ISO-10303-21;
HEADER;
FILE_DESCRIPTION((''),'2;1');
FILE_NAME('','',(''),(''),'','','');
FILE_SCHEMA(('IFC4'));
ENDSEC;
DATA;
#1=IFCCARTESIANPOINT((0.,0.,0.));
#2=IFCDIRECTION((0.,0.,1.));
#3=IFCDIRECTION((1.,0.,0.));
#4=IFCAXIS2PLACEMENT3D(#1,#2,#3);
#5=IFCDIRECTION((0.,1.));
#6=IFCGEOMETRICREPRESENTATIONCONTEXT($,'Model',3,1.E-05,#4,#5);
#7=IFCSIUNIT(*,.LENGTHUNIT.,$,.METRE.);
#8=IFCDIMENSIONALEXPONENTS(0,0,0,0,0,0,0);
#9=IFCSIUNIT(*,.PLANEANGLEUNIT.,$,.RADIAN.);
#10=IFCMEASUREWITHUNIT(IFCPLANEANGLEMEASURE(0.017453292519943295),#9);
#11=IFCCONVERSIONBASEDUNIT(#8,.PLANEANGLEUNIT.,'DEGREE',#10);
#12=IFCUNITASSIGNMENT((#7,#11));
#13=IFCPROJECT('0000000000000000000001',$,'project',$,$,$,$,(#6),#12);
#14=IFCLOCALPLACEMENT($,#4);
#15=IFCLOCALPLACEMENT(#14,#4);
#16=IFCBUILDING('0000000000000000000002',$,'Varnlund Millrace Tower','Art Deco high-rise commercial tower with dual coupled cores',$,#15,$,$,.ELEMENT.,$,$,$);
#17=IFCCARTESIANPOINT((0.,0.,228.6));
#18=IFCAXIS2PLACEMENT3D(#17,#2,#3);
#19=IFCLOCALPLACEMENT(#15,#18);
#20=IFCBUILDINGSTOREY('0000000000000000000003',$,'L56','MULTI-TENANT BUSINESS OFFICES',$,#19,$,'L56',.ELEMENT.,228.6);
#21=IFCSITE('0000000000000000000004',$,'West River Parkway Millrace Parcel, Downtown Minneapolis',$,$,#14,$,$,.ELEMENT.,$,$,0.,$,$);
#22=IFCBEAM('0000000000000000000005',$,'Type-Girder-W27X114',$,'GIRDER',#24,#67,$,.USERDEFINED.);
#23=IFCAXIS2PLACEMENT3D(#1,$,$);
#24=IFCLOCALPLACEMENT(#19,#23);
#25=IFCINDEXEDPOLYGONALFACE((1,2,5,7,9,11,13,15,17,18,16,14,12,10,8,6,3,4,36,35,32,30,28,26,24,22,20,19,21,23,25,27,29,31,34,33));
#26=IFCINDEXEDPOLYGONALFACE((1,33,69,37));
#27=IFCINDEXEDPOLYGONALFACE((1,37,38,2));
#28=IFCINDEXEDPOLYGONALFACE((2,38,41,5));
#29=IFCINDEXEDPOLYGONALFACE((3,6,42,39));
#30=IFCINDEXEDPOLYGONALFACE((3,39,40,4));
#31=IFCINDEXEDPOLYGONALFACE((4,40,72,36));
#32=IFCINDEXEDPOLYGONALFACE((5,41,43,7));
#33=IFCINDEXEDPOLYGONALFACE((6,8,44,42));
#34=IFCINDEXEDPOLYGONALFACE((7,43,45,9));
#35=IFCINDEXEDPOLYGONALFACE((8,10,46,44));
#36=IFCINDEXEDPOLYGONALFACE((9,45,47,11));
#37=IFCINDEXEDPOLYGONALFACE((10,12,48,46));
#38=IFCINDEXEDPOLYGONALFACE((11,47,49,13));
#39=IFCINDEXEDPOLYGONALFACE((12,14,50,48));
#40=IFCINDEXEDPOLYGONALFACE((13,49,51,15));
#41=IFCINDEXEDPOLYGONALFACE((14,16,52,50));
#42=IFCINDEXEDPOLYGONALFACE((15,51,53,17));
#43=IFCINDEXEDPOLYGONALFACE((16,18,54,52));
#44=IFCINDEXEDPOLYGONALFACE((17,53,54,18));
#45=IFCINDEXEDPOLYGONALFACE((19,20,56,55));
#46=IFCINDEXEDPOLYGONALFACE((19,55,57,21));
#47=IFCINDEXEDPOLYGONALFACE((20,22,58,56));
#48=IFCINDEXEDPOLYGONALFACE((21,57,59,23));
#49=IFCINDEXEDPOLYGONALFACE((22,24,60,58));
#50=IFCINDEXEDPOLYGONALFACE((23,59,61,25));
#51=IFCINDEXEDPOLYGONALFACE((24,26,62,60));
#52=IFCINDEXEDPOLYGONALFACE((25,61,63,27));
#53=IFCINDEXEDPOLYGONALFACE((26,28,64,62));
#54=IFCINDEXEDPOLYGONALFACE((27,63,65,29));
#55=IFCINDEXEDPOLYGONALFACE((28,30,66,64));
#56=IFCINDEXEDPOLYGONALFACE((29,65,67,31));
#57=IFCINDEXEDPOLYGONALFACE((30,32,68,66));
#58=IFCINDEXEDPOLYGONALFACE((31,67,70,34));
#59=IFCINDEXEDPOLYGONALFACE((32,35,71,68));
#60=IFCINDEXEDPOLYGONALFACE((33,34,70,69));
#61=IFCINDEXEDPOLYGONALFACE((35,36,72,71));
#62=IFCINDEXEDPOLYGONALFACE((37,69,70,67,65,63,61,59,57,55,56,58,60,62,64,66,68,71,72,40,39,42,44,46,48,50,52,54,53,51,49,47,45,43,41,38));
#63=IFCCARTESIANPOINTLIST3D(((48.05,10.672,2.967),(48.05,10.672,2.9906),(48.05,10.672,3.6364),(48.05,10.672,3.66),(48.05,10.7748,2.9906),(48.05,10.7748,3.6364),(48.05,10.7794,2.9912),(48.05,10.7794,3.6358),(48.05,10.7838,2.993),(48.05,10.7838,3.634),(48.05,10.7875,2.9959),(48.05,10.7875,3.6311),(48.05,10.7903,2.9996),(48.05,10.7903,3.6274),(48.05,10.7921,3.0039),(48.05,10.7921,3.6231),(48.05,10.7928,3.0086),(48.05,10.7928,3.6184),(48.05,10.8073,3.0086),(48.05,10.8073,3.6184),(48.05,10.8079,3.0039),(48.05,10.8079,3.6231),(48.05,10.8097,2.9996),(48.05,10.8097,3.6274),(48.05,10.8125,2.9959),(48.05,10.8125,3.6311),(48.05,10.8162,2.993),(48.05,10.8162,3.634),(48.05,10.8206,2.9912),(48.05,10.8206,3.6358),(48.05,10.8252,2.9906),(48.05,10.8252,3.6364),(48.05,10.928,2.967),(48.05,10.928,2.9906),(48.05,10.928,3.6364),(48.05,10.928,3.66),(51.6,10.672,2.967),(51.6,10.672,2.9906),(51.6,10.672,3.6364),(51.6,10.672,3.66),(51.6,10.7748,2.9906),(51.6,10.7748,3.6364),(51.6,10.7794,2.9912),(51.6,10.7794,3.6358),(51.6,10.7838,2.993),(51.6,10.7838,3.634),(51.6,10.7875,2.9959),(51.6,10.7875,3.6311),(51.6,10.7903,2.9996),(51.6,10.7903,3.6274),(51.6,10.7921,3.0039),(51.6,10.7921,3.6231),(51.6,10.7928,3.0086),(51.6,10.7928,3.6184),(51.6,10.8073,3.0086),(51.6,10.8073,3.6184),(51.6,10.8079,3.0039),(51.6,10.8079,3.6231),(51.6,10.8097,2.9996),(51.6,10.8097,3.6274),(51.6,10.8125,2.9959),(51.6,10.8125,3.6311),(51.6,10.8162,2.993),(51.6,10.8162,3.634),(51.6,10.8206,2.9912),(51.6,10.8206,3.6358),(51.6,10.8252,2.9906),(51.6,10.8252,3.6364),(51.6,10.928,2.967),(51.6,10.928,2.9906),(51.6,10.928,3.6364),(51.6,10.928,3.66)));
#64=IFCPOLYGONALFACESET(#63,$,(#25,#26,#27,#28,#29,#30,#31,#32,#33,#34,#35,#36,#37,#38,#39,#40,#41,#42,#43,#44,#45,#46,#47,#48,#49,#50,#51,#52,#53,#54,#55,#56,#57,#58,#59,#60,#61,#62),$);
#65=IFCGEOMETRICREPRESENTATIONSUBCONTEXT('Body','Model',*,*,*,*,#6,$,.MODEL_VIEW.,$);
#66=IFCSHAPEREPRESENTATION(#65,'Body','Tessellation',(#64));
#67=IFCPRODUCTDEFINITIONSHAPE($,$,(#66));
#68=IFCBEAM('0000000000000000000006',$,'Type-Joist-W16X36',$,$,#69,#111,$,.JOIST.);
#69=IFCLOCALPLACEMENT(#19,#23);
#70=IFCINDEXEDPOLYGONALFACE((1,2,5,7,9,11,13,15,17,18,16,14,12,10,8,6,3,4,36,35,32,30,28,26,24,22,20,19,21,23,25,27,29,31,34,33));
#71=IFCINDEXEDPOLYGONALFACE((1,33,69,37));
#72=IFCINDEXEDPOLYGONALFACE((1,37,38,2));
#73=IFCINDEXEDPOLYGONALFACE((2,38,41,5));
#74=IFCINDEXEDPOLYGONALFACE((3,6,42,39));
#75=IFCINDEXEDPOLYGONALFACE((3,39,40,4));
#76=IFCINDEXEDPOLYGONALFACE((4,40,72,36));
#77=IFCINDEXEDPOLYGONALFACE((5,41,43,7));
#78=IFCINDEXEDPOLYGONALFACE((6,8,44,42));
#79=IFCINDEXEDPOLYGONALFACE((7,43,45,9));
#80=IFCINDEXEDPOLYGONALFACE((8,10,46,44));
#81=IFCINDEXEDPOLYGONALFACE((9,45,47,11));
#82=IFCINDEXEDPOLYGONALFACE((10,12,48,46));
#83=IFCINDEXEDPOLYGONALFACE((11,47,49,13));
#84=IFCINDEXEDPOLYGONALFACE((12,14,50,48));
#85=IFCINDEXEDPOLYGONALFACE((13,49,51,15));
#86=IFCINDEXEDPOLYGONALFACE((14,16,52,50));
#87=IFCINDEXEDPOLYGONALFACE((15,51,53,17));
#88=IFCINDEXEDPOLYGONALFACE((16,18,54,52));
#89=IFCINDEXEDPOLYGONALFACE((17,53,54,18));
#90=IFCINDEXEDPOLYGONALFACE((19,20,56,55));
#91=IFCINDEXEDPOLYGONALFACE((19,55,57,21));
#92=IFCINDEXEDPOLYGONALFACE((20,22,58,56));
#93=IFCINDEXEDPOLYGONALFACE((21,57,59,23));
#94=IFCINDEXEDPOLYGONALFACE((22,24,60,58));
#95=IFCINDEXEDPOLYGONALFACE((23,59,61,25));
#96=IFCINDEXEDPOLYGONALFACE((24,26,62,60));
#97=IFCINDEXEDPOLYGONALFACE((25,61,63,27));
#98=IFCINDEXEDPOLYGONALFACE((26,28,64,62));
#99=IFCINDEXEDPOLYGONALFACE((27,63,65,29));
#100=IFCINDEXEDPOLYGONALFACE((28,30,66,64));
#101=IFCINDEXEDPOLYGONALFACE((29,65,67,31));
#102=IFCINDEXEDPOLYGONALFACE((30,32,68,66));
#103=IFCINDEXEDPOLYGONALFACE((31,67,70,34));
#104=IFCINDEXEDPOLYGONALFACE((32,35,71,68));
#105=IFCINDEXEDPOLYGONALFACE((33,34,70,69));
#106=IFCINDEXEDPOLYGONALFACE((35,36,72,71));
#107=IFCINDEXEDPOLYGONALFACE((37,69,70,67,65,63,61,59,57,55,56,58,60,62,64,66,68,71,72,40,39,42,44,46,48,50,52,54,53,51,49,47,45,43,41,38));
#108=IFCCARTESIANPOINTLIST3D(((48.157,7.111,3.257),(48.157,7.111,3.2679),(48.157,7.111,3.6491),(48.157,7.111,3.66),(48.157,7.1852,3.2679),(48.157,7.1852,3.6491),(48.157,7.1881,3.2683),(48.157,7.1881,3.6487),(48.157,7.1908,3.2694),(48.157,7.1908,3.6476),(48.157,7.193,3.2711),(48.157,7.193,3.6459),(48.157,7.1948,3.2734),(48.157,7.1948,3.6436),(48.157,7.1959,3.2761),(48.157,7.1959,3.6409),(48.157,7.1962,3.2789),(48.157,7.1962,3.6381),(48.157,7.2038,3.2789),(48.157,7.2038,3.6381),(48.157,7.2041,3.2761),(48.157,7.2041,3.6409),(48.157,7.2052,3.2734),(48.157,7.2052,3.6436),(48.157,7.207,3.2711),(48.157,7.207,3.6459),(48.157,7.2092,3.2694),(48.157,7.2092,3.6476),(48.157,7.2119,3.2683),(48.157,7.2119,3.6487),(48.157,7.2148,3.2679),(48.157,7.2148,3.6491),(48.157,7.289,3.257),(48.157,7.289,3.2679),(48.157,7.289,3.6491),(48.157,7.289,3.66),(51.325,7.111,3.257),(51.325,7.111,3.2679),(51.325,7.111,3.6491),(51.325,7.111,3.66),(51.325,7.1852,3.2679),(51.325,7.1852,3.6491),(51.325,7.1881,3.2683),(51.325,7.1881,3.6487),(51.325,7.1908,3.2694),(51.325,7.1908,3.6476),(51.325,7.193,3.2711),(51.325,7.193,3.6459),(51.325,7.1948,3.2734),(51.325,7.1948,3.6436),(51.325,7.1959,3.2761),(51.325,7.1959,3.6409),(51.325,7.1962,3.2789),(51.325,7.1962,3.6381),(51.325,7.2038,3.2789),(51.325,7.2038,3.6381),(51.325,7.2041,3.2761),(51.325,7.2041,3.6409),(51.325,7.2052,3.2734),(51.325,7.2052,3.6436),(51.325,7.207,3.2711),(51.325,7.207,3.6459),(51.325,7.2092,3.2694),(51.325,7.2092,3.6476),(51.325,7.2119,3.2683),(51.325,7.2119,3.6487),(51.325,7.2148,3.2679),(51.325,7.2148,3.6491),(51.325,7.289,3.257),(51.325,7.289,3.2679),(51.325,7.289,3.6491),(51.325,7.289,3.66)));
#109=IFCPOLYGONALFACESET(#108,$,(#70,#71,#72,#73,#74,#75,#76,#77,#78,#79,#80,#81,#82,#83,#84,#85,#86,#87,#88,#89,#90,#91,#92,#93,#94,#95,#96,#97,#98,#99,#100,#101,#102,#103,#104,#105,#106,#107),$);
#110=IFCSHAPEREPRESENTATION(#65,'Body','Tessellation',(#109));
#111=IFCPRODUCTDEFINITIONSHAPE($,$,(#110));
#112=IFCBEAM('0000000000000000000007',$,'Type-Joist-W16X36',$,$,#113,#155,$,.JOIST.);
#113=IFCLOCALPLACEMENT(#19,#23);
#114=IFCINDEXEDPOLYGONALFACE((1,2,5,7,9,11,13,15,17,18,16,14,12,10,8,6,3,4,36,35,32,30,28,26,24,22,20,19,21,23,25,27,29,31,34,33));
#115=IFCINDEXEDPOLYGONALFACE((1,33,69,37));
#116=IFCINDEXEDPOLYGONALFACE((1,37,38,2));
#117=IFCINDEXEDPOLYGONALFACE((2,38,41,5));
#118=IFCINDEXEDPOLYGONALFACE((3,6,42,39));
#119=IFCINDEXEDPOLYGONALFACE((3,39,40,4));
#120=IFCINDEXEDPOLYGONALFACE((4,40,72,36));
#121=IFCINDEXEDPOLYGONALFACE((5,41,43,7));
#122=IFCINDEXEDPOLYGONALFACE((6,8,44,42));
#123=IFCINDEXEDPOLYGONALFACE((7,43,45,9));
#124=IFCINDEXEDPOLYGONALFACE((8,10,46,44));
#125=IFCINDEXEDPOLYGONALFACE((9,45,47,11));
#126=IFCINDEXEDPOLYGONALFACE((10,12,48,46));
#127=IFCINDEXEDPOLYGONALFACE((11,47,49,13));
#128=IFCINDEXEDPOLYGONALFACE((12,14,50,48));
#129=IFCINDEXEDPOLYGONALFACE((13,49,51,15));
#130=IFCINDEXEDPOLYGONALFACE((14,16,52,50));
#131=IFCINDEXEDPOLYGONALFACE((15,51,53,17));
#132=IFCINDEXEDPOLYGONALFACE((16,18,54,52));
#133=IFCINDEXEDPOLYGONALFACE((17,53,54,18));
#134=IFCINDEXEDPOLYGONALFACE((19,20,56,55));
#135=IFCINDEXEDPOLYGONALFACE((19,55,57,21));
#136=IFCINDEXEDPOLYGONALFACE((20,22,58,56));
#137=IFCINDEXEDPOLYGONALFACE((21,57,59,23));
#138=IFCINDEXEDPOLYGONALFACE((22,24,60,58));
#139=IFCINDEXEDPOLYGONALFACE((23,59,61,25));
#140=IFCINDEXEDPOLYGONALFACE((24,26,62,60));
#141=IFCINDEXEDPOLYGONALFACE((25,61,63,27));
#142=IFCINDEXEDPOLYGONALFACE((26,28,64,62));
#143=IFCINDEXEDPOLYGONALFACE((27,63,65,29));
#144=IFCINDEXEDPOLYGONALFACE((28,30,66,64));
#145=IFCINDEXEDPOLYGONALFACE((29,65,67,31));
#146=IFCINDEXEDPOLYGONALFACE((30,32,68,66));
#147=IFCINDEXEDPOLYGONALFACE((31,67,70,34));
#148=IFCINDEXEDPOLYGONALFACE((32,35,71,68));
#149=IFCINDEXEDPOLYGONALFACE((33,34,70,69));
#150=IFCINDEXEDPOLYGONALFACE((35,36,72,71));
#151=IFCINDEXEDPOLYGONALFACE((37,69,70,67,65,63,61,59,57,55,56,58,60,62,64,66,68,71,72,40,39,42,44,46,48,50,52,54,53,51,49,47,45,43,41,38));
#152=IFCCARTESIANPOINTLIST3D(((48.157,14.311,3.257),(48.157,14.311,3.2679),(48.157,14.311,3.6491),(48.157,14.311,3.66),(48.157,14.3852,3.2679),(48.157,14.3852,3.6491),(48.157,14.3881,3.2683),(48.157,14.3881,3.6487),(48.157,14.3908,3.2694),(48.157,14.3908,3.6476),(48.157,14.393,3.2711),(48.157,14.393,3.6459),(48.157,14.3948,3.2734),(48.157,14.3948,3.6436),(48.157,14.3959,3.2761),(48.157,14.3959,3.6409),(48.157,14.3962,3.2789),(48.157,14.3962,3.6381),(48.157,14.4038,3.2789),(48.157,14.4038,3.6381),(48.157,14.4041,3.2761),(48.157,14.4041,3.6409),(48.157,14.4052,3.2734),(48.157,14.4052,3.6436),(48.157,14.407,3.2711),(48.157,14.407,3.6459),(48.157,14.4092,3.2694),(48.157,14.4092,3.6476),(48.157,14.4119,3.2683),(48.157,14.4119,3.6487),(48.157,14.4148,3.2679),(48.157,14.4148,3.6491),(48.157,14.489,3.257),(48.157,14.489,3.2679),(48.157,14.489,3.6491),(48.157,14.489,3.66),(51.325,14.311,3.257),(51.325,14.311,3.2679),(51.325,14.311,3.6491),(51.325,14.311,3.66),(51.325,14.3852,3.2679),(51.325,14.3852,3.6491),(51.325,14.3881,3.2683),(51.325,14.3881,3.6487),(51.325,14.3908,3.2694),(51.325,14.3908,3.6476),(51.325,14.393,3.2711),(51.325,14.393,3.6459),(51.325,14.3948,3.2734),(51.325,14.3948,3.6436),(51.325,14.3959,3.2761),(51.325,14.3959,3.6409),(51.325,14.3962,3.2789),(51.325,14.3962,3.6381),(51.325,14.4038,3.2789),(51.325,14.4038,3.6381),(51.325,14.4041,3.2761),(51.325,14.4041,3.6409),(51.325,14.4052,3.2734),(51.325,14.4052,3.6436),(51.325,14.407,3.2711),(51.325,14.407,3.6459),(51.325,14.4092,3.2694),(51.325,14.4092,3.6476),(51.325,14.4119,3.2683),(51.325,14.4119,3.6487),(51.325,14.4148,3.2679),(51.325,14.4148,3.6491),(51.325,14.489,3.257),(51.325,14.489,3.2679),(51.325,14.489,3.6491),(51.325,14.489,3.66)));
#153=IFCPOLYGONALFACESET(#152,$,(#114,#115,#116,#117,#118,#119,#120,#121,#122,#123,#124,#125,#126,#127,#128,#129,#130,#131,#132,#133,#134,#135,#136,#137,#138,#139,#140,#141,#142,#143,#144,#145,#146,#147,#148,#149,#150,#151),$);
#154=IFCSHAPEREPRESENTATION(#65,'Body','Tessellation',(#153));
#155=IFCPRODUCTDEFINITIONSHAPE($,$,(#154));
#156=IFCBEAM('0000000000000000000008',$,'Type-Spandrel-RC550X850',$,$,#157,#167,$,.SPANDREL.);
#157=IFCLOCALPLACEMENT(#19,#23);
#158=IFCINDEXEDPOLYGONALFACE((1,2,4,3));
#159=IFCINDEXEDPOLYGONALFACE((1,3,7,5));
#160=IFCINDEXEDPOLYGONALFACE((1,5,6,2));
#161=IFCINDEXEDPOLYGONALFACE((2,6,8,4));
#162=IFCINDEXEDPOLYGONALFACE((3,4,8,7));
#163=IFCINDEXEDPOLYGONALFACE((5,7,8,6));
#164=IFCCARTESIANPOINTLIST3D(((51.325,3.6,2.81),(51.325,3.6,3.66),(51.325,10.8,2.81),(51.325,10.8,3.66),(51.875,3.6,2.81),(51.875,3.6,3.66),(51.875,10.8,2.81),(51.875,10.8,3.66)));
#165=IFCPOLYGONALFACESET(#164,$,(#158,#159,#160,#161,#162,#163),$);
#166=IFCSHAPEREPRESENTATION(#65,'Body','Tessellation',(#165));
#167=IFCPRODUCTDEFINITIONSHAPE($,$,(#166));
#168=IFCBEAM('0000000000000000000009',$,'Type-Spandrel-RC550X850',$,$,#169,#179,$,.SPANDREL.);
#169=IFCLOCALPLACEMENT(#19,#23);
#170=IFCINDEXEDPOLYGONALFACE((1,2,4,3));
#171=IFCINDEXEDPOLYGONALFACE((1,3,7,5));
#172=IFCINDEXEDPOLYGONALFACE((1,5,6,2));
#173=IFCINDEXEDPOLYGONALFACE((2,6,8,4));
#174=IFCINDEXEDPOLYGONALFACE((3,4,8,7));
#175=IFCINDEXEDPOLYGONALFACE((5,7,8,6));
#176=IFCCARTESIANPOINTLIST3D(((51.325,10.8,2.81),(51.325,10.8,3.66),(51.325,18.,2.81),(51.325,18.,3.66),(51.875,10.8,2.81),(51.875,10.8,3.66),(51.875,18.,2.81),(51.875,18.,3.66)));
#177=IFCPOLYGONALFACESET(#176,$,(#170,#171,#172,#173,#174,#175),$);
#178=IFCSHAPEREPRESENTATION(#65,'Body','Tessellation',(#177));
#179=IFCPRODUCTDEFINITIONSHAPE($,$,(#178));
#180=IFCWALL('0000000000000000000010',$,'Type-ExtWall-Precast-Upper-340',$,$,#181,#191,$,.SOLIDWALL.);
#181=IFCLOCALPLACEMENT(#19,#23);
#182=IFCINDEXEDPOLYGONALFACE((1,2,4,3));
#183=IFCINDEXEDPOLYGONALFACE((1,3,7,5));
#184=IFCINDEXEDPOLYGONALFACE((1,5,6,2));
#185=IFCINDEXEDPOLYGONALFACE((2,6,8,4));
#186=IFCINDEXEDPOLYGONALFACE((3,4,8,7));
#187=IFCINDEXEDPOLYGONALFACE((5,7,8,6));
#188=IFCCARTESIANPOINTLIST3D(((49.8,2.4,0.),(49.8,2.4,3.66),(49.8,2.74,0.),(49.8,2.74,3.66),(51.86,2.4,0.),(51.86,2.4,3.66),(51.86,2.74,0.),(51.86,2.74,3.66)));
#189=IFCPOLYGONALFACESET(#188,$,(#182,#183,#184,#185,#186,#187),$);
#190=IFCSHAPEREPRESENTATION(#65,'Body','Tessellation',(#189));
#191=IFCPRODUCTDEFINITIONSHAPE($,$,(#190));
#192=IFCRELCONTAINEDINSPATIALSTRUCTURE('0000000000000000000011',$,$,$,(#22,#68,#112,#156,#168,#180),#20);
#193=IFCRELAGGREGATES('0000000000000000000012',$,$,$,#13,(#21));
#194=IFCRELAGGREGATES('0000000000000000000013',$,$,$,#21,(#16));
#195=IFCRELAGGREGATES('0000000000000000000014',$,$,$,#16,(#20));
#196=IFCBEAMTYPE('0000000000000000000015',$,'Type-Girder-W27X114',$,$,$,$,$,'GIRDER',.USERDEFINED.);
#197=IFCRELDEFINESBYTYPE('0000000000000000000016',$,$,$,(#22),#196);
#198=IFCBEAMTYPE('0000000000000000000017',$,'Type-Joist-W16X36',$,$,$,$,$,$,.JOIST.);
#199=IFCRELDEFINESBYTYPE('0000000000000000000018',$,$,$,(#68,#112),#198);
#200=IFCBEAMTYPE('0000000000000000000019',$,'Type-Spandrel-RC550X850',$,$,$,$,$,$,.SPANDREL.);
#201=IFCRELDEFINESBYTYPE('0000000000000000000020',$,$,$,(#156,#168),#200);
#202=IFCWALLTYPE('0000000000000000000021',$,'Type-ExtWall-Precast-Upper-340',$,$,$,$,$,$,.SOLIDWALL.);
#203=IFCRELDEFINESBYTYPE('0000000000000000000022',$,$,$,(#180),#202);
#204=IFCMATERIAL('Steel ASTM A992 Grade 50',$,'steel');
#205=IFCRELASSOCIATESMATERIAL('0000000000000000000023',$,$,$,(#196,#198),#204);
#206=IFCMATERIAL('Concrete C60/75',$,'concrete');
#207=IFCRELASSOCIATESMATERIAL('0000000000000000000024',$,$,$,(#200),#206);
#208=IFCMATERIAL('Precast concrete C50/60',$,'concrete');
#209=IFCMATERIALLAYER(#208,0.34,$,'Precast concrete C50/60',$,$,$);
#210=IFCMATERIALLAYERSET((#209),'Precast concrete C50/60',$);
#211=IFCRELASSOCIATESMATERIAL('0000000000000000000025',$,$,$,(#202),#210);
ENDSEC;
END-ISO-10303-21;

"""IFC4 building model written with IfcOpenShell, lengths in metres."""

from ifc_helpers import new_model, entity, si_unit, converted_unit, direction, frame, origin_with_axes, origin_2d_with_axis, place, context, subcontext, project, spatial, polyline, rectangle, i_section, outline, extrude, material, layer, layer_set, material_profile, profile_set, type_object, element, save


model = new_model("IFC4")

# Units and contexts
model_context = context("Model", 3, precision=1e-05, world=origin_with_axes(), true_north=direction((0.0, 1.0)))
body_context = subcontext(model_context, "Body", "Model", "MODEL_VIEW")
ifc_project = project(units=[si_unit("LENGTHUNIT", "METRE"), converted_unit("PLANEANGLEUNIT", "DEGREE", entity("IfcPlaneAngleMeasure", 0.017453292519943295), si_unit("PLANEANGLEUNIT", "RADIAN"), dimensions=[0, 0, 0, 0, 0, 0, 0])], contexts=[model_context])

# Site, building, storey
site_placement = place(None, origin_with_axes())
site = spatial("IfcSite", under=ifc_project, at=site_placement, Name="West River Parkway Millrace Parcel, Downtown Minneapolis", CompositionType="ELEMENT", RefElevation=0.0)
building_placement = place(site_placement, origin_with_axes())
building = spatial("IfcBuilding", under=site, at=building_placement, Name="Varnlund Millrace Tower", Description="Art Deco high-rise commercial tower with dual coupled cores", CompositionType="ELEMENT")
storey_placement = place(building_placement, frame((0.0, 0.0, 228.6), z_axis=(0.0, 0.0, 1.0), x_axis=(1.0, 0.0, 0.0)))
storey = spatial("IfcBuildingStorey", under=building, at=storey_placement, Name="L56", Description="MULTI-TENANT BUSINESS OFFICES", LongName="L56", CompositionType="ELEMENT", Elevation=228.6)

# Beams
ifc_material_1 = material(Name="Steel ASTM A992 Grade 50", Category="steel")
ifc_material_profile_1 = material_profile(ifc_material_1, i_section(OverallWidth=0.256, OverallDepth=0.693, WebThickness=0.0145, FlangeThickness=0.0236, FilletRadius=0.018, at=origin_2d_with_axis()), Name="Steel ASTM A992 Grade 50")
ifc_profile_set_1 = profile_set([ifc_material_profile_1], Name="Steel ASTM A992 Grade 50")
beam_type_1 = type_object("IfcBeamType", Name="Type-Girder-W27X114", ElementType="GIRDER", PredefinedType="USERDEFINED", material=ifc_profile_set_1)
beam_1_placement = place(storey_placement, frame((48.05, 10.8, 3.3135), z_axis=(1.0, 0.0, 0.0), x_axis=(0.0, 1.0, 0.0)))
element("IfcBeam", 1, at=beam_1_placement, inside=storey, type_object=beam_type_1, Name="Type-Girder-W27X114", ObjectType="GIRDER", PredefinedType="USERDEFINED", context=body_context, shape_type="SweptSolid", body=[
    extrude(i_section(OverallWidth=0.256, OverallDepth=0.693, WebThickness=0.0145, FlangeThickness=0.0236, FilletRadius=0.018, at=origin_2d_with_axis()), origin_with_axes(), (0.0, 0.0, 1.0), 3.55),
])
ifc_material_profile_2 = material_profile(ifc_material_1, i_section(OverallWidth=0.178, OverallDepth=0.403, WebThickness=0.0075, FlangeThickness=0.0109, FilletRadius=0.011, at=origin_2d_with_axis()), Name="Steel ASTM A992 Grade 50")
ifc_profile_set_2 = profile_set([ifc_material_profile_2], Name="Steel ASTM A992 Grade 50")
beam_type_2 = type_object("IfcBeamType", Name="Type-Joist-W16X36", PredefinedType="JOIST", material=ifc_profile_set_2)
for number, where, z_axis, x_axis, name in (
    (2, (48.157, 7.2, 3.4585), (1.0, 0.0, 0.0), (0.0, 1.0, 0.0), "Type-Joist-W16X36"),
    (3, (48.157, 14.4, 3.4585), (1.0, 0.0, 0.0), (0.0, 1.0, 0.0), "Type-Joist-W16X36"),
):
    element("IfcBeam", number, at=place(storey_placement, frame(where, z_axis=z_axis, x_axis=x_axis)), inside=storey, type_object=beam_type_2, Name=name, PredefinedType="JOIST", context=body_context, shape_type="SweptSolid", body=[
        extrude(i_section(OverallWidth=0.178, OverallDepth=0.403, WebThickness=0.0075, FlangeThickness=0.0109, FilletRadius=0.011, at=origin_2d_with_axis()), origin_with_axes(), (0.0, 0.0, 1.0), 3.168),
    ])
ifc_material_2 = material(Name="Concrete C60/75", Category="concrete")
ifc_material_profile_3 = material_profile(ifc_material_2, rectangle(XDim=0.55, YDim=0.85, at=origin_2d_with_axis()), Name="Concrete C60/75")
ifc_profile_set_3 = profile_set([ifc_material_profile_3], Name="Concrete C60/75")
beam_type_3 = type_object("IfcBeamType", Name="Type-Spandrel-RC550X850", PredefinedType="SPANDREL", material=ifc_profile_set_3)
for number, where, z_axis, x_axis, name in (
    (4, (51.6, 3.6, 3.235), (0.0, 1.0, 0.0), (-1.0, 0.0, 0.0), "Type-Spandrel-RC550X850"),
    (5, (51.6, 10.8, 3.235), (0.0, 1.0, 0.0), (-1.0, 0.0, 0.0), "Type-Spandrel-RC550X850"),
):
    element("IfcBeam", number, at=place(storey_placement, frame(where, z_axis=z_axis, x_axis=x_axis)), inside=storey, type_object=beam_type_3, Name=name, PredefinedType="SPANDREL", context=body_context, shape_type="SweptSolid", body=[
        extrude(rectangle(XDim=0.55, YDim=0.85, at=origin_2d_with_axis()), origin_with_axes(), (0.0, 0.0, 1.0), 7.2),
    ])

# Wall
ifc_material_3 = material(Name="Precast concrete C50/60", Category="concrete")
ifc_layer_1 = layer(ifc_material_3, 0.34, Name="Precast concrete C50/60")
ifc_layer_set_1 = layer_set([ifc_layer_1], Name="Precast concrete C50/60")
wall_type_1 = type_object("IfcWallType", Name="Type-ExtWall-Precast-Upper-340", PredefinedType="SOLIDWALL", material=ifc_layer_set_1)
wall_1_placement = place(storey_placement, frame((51.86, 2.57, 0.0), z_axis=(0.0, 0.0, 1.0), x_axis=(-1.0, 0.0, 0.0)))
element("IfcWall", 6, at=wall_1_placement, inside=storey, type_object=wall_type_1, Name="Type-ExtWall-Precast-Upper-340", PredefinedType="SOLIDWALL", context=body_context, shape_type="SweptSolid", body=[
    extrude(outline(polyline([(0.0, -0.17), (2.06, -0.17), (2.06, 0.17), (0.0, 0.17), (0.0, -0.17)])), origin_with_axes(), (0.0, 0.0, 1.0), 3.66),
])

save(model, "model.ifc")
